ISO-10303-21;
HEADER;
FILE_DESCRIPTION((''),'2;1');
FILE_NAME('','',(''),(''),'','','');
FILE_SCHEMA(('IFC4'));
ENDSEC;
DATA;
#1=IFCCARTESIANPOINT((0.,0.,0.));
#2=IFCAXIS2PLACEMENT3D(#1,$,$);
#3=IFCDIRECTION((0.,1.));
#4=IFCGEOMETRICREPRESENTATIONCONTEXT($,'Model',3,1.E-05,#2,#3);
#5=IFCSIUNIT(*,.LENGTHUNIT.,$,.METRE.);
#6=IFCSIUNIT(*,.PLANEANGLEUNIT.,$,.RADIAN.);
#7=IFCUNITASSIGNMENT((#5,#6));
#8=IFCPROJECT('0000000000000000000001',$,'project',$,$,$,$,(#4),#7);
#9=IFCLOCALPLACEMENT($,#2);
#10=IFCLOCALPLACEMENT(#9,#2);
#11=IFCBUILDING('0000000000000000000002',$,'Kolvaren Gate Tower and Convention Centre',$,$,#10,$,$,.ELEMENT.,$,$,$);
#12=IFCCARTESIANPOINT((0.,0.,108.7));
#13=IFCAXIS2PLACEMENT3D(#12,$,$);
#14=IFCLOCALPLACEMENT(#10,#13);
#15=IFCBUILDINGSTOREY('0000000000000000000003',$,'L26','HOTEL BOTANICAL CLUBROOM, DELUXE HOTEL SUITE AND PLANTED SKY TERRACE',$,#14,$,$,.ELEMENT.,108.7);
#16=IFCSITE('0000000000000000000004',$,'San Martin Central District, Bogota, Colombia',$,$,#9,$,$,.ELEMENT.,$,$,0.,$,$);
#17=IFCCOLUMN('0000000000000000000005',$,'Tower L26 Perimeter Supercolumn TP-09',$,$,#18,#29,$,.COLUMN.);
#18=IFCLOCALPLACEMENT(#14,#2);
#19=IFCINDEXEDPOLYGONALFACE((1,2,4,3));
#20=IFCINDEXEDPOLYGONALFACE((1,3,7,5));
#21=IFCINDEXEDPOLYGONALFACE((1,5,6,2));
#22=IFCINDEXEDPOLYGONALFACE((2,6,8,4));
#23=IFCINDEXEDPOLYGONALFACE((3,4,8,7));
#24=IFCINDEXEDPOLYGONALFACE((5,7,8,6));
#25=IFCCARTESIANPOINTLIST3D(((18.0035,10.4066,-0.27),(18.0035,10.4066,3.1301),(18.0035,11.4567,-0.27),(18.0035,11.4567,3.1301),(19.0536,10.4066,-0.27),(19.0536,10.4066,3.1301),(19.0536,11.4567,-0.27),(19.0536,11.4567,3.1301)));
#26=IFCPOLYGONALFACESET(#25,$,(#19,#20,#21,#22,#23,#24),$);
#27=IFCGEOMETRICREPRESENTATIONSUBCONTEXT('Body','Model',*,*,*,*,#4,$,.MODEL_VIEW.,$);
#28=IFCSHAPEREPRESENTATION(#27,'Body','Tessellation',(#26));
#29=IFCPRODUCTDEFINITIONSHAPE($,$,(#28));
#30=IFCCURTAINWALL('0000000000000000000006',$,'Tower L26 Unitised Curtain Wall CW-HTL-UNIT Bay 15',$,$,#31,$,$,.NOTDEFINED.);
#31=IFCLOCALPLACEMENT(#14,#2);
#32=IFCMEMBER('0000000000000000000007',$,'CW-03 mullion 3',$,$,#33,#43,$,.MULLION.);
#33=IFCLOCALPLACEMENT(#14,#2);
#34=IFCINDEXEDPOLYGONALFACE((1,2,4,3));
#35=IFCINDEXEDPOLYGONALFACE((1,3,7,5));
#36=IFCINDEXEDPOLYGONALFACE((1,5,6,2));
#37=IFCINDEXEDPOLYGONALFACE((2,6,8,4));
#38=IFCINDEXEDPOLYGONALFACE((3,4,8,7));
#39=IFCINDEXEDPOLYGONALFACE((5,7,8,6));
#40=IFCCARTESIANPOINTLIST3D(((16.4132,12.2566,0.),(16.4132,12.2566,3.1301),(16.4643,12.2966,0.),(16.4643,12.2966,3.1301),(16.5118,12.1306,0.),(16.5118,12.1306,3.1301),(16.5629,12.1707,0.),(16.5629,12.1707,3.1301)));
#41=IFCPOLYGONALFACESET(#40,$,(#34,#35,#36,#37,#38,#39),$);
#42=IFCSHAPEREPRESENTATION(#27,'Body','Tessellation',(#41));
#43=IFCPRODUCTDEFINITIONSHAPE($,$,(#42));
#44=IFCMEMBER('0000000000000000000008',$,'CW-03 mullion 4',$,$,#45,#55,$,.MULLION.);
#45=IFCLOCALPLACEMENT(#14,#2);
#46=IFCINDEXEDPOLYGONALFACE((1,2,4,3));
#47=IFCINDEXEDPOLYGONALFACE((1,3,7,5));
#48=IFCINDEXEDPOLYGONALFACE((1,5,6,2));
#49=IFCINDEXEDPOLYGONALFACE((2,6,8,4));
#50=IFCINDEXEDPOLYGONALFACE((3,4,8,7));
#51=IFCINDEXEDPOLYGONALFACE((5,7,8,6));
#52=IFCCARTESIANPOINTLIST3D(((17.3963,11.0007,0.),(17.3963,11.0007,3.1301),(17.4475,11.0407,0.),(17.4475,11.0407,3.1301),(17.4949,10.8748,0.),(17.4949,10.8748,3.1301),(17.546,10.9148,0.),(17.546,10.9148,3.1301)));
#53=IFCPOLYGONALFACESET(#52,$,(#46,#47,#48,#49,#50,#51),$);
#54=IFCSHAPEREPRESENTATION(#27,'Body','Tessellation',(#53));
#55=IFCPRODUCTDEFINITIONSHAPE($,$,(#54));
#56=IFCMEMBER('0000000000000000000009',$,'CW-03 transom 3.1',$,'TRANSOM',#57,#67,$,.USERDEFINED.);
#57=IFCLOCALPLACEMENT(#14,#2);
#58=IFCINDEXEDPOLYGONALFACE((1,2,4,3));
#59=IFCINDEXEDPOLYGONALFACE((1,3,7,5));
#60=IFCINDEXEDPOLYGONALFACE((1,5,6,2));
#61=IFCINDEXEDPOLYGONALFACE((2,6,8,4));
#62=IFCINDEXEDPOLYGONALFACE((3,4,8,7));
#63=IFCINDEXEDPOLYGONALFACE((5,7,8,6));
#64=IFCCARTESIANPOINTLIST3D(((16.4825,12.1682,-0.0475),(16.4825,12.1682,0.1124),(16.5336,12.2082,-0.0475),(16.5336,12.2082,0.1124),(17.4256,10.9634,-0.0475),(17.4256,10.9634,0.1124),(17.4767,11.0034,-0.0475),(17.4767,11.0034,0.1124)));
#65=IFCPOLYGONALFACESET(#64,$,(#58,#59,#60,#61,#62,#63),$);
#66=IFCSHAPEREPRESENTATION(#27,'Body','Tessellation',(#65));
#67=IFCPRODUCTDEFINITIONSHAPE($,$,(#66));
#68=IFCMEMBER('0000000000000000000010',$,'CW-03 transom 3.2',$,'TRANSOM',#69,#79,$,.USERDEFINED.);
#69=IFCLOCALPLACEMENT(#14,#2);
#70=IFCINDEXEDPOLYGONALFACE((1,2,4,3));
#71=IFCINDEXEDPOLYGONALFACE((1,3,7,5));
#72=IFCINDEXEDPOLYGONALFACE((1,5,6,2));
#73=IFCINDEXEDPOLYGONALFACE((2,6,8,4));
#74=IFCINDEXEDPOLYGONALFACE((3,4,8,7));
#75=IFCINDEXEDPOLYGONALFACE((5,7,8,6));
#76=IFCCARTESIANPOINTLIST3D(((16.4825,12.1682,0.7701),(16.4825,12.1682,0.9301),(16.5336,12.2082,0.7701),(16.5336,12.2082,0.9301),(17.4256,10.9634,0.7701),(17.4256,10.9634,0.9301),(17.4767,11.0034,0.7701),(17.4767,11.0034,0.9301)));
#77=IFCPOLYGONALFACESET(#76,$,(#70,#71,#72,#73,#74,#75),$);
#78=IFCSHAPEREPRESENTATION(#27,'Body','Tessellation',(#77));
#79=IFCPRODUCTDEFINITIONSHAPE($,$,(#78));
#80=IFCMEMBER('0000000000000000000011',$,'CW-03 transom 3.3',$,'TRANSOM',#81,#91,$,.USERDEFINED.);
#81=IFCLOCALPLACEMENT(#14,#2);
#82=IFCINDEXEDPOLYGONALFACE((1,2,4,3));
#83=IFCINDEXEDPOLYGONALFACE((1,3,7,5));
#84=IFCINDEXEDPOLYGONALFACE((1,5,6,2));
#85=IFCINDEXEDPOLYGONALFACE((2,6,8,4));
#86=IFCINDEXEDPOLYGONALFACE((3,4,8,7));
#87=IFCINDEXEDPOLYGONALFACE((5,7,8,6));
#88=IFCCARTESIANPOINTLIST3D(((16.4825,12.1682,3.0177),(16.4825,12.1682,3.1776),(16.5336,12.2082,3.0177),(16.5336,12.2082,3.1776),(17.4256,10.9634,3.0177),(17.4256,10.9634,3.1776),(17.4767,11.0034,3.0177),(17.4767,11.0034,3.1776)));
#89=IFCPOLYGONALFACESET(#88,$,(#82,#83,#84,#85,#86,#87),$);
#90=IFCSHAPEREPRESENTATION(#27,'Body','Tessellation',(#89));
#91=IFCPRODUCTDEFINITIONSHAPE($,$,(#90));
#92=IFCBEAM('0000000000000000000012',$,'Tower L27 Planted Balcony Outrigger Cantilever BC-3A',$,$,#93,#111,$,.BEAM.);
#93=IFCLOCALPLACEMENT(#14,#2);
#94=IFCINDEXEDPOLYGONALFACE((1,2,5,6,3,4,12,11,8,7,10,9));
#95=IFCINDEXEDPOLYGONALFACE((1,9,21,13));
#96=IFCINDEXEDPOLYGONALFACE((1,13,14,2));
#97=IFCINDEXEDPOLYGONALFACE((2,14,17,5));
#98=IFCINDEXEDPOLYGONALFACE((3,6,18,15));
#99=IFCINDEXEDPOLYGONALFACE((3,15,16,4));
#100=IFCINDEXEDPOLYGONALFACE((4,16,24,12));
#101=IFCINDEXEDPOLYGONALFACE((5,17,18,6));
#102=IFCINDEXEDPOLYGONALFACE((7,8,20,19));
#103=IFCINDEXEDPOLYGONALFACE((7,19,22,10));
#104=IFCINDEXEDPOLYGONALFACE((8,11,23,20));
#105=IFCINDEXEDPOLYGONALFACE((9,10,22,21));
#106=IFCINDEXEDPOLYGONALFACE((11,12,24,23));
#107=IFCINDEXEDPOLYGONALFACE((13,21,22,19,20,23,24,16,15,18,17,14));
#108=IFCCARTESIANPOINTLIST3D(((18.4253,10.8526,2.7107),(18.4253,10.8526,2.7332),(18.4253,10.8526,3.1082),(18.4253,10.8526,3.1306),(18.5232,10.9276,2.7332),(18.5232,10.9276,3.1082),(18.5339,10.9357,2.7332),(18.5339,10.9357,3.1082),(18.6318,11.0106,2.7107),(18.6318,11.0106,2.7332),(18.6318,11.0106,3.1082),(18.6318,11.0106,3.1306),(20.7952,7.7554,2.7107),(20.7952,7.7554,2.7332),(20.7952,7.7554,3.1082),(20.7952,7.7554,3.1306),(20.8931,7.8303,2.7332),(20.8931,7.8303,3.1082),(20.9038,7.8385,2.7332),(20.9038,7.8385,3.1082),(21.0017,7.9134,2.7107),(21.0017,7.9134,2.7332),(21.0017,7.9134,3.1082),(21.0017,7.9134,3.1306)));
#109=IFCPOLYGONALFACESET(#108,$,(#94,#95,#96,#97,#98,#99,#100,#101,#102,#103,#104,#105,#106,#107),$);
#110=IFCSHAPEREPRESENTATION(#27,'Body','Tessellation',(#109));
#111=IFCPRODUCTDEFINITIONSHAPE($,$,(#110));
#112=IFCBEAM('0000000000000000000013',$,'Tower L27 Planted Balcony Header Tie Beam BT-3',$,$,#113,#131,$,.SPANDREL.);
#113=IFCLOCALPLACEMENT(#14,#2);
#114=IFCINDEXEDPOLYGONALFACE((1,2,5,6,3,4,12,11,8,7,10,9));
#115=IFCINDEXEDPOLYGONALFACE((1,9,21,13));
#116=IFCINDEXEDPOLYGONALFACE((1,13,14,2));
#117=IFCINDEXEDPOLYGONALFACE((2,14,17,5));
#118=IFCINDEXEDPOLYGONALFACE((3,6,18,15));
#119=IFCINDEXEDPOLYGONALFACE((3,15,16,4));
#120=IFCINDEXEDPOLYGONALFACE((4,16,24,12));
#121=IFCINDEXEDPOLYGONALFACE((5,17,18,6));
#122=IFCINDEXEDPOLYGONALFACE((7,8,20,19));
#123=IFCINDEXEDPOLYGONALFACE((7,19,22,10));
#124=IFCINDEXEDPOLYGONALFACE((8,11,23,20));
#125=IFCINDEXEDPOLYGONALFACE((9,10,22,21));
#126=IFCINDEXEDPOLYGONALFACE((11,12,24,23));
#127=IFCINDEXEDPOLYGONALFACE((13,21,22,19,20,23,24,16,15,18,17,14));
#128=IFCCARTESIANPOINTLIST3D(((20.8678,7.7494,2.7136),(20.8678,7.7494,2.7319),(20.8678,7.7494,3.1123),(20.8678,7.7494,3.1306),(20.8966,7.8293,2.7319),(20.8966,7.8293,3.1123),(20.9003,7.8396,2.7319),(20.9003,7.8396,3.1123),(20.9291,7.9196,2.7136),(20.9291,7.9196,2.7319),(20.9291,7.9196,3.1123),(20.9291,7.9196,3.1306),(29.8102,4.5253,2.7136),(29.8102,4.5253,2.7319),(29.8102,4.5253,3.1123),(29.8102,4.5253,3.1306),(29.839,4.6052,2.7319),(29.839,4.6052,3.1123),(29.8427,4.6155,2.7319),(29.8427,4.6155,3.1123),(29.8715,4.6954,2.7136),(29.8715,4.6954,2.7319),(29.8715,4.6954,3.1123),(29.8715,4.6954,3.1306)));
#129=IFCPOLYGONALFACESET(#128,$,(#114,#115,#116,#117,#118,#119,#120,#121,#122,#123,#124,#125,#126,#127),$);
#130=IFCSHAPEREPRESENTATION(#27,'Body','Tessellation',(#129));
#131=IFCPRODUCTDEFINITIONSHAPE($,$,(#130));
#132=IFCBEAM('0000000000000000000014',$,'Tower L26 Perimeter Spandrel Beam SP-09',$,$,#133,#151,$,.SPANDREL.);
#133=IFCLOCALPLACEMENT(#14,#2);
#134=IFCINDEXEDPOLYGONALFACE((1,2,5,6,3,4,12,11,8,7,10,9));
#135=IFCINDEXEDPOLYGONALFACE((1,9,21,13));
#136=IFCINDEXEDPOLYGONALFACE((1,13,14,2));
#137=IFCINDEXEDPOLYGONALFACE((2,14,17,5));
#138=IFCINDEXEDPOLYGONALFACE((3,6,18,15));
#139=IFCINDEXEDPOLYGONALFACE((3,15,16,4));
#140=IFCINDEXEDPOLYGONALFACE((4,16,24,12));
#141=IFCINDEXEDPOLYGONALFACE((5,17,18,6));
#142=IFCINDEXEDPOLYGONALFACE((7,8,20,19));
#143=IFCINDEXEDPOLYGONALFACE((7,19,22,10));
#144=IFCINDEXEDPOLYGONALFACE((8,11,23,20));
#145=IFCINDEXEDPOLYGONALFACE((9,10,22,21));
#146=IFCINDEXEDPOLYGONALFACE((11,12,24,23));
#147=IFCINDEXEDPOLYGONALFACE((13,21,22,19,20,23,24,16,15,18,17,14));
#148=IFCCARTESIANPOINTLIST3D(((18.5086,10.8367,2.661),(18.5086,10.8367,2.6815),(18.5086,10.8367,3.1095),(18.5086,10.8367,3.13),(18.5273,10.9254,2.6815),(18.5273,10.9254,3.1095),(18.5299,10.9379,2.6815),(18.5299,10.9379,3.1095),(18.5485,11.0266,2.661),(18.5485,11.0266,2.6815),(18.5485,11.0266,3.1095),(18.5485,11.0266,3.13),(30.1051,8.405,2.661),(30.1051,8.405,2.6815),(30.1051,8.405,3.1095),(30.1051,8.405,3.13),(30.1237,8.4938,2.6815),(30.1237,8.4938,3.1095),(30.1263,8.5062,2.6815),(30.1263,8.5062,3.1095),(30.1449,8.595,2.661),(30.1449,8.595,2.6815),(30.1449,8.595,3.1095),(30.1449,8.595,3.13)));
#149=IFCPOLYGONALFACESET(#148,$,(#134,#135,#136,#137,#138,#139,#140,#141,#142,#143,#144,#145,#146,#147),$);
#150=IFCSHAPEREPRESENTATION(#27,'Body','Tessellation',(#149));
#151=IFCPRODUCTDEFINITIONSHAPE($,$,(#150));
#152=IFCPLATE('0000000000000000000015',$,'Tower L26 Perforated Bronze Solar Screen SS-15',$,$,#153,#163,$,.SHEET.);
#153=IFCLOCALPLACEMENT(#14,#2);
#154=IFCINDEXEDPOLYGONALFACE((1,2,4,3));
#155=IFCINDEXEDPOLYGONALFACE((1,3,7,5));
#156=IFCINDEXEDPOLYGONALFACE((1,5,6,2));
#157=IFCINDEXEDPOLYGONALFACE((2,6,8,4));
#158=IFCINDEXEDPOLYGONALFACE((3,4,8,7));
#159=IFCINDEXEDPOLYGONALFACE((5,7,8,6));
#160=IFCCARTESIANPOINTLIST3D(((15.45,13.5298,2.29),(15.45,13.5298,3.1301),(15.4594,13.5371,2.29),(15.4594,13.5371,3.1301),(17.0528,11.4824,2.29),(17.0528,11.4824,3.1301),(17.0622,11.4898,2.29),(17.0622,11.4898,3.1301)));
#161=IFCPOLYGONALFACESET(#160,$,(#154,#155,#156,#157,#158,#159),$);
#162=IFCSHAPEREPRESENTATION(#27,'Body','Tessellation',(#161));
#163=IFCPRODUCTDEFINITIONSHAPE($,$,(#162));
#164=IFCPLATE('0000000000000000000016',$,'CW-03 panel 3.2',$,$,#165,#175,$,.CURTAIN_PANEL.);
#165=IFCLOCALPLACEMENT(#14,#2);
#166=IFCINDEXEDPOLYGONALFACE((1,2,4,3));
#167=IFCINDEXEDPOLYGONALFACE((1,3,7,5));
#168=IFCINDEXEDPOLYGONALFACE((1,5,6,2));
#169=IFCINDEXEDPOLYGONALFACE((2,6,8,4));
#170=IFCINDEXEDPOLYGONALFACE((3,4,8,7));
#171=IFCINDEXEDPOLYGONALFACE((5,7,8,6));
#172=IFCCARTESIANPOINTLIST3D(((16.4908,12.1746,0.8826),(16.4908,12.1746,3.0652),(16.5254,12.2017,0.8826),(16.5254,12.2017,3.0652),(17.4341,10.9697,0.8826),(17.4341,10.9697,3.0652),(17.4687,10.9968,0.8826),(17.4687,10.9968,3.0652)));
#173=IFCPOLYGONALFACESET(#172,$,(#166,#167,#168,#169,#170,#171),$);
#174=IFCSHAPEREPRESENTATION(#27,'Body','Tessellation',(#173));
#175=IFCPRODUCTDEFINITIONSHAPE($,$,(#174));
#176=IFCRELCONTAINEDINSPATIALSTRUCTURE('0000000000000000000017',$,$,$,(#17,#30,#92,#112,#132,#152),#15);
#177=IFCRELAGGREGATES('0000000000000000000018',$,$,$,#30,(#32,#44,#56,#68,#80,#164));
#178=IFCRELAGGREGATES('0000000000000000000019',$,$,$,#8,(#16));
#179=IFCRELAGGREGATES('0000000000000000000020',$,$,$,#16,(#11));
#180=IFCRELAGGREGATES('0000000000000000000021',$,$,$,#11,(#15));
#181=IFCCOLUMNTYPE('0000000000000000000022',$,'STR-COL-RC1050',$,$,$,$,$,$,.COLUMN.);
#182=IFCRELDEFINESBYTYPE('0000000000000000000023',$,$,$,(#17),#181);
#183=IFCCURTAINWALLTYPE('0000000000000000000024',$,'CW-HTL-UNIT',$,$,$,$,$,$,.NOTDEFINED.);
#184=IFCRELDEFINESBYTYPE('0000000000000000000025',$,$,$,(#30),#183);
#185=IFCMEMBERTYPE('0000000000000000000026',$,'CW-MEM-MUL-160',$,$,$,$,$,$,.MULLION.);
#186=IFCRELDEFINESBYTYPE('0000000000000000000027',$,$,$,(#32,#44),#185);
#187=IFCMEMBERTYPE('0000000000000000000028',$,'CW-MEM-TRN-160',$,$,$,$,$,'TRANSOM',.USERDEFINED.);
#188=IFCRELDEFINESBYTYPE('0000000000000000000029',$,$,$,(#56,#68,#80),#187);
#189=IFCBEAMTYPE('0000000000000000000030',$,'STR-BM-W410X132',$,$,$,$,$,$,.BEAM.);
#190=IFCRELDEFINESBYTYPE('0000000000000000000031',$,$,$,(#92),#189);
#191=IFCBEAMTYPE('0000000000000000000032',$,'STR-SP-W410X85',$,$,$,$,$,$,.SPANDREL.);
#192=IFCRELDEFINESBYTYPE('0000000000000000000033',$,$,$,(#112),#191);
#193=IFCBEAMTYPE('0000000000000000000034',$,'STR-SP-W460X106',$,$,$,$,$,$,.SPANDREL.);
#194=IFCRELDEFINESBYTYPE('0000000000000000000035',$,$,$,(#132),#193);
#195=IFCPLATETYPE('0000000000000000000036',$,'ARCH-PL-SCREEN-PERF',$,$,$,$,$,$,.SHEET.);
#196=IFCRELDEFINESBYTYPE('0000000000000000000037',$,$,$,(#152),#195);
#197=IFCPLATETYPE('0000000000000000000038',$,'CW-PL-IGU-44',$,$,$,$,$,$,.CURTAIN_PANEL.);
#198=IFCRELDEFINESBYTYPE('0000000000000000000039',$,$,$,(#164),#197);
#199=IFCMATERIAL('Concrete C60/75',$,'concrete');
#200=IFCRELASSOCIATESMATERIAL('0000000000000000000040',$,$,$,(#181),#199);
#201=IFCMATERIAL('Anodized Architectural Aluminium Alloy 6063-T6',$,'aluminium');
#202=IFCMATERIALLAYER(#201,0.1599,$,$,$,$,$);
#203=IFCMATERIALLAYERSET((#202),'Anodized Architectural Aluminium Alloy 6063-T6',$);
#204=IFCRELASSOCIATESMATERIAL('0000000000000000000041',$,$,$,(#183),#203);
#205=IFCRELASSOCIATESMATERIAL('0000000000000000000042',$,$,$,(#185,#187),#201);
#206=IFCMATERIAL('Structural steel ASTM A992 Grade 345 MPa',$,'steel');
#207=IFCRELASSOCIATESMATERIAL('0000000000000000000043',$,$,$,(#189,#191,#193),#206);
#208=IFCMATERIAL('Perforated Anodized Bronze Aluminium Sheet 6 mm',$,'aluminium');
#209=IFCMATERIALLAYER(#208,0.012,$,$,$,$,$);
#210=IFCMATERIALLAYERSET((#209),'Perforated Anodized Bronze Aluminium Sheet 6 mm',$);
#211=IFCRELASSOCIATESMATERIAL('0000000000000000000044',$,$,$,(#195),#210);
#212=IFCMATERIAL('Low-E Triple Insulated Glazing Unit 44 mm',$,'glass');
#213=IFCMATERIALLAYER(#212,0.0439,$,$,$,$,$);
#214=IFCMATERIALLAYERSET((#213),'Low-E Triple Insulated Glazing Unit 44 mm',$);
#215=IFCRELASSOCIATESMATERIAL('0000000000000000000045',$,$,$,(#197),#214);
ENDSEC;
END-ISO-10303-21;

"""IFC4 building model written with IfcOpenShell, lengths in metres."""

from ifc_helpers import new_model, si_unit, direction, frame, origin, origin_2d, place, context, subcontext, project, spatial, rectangle, i_section, extrude, material, layer, layer_set, material_profile, profile_set, type_object, element, aggregate, save


model = new_model("IFC4")

# Units and contexts
model_context = context("Model", 3, precision=1e-05, world=origin(), true_north=direction((0.0, 1.0)))
body_context = subcontext(model_context, "Body", "Model", "MODEL_VIEW")
ifc_project = project(units=[si_unit("LENGTHUNIT", "METRE"), si_unit("PLANEANGLEUNIT", "RADIAN")], contexts=[model_context])

# Site, building, storey
site_placement = place(None, origin())
site = spatial("IfcSite", under=ifc_project, at=site_placement, Name="San Martin Central District, Bogota, Colombia", CompositionType="ELEMENT", RefElevation=0.0)
building_placement = place(site_placement, origin())
building = spatial("IfcBuilding", under=site, at=building_placement, Name="Kolvaren Gate Tower and Convention Centre", CompositionType="ELEMENT")
storey_placement = place(building_placement, frame((0.0, 0.0, 108.7)))
storey = spatial("IfcBuildingStorey", under=building, at=storey_placement, Name="L26", Description="HOTEL BOTANICAL CLUBROOM, DELUXE HOTEL SUITE AND PLANTED SKY TERRACE", CompositionType="ELEMENT", Elevation=108.7)

# Column
ifc_material_1 = material(Name="Concrete C60/75", Category="concrete")
ifc_material_profile_1 = material_profile(ifc_material_1, rectangle(XDim=1.05, YDim=1.05, at=origin_2d()), Name="RC-COL-1050X1050")
ifc_profile_set_1 = profile_set([ifc_material_profile_1], Name="Concrete C60/75")
column_type = type_object("IfcColumnType", Name="STR-COL-RC1050", PredefinedType="COLUMN", material=ifc_profile_set_1)
column_placement = place(storey_placement, frame((18.5286, 10.9316, -0.27), z_axis=(0.0, 0.0, 1.0), x_axis=(1.0, 0.0, 0.0)))
element("IfcColumn", 1, at=column_placement, inside=storey, type_object=column_type, Name="Tower L26 Perimeter Supercolumn TP-09", PredefinedType="COLUMN", context=body_context, shape_type="SweptSolid", body=[
    extrude(rectangle(XDim=1.05, YDim=1.05, at=origin_2d()), origin(), (0.0, 0.0, 1.0), 3.4001),
])

# Curtain wall, members
ifc_material_2 = material(Name="Anodized Architectural Aluminium Alloy 6063-T6", Category="aluminium")
ifc_layer_1 = layer(ifc_material_2, 0.1599)
ifc_layer_set_1 = layer_set([ifc_layer_1], Name="Anodized Architectural Aluminium Alloy 6063-T6")
curtain_wall_type = type_object("IfcCurtainWallType", Name="CW-HTL-UNIT", PredefinedType="NOTDEFINED", material=ifc_layer_set_1)
curtain_wall_placement = place(storey_placement, origin())
curtain_wall = element("IfcCurtainWall", 2, at=curtain_wall_placement, inside=storey, type_object=curtain_wall_type, Name="Tower L26 Unitised Curtain Wall CW-HTL-UNIT Bay 15", PredefinedType="NOTDEFINED")
ifc_material_profile_2 = material_profile(ifc_material_2, rectangle(XDim=0.0649, YDim=0.1599, at=origin_2d()), Name="CW-MEM-MUL-160")
ifc_profile_set_2 = profile_set([ifc_material_profile_2], Name="Anodized Architectural Aluminium Alloy 6063-T6")
member_type_1 = type_object("IfcMemberType", Name="CW-MEM-MUL-160", PredefinedType="MULLION", material=ifc_profile_set_2)
member_1_placement = place(storey_placement, frame((16.488, 12.2136, 0.0), z_axis=(0.0, 0.0, 1.0), x_axis=(0.787411, 0.616429, 0.0)))
member_1 = element("IfcMember", 3, at=member_1_placement, type_object=member_type_1, Name="CW-03 mullion 3", PredefinedType="MULLION", context=body_context, shape_type="SweptSolid", body=[
    extrude(rectangle(XDim=0.0649, YDim=0.1599, at=origin_2d()), origin(), (0.0, 0.0, 1.0), 3.1301),
])
member_2_placement = place(storey_placement, frame((17.4712, 10.9578, 0.0), z_axis=(0.0, 0.0, 1.0), x_axis=(0.787411, 0.616429, 0.0)))
member_2 = element("IfcMember", 4, at=member_2_placement, type_object=member_type_1, Name="CW-03 mullion 4", PredefinedType="MULLION", context=body_context, shape_type="SweptSolid", body=[
    extrude(rectangle(XDim=0.0649, YDim=0.1599, at=origin_2d()), origin(), (0.0, 0.0, 1.0), 3.1301),
])
ifc_material_profile_3 = material_profile(ifc_material_2, rectangle(XDim=0.0649, YDim=0.1599, at=origin_2d()), Name="CW-MEM-TRN-160")
ifc_profile_set_3 = profile_set([ifc_material_profile_3], Name="Anodized Architectural Aluminium Alloy 6063-T6")
member_type_2 = type_object("IfcMemberType", Name="CW-MEM-TRN-160", ElementType="TRANSOM", PredefinedType="USERDEFINED", material=ifc_profile_set_3)
member_3_placement = place(storey_placement, frame((16.5081, 12.1882, 0.0325), z_axis=(0.61639, -0.787441, 0.0), x_axis=(0.787441, 0.61639, 0.0)))
member_3 = element("IfcMember", 5, at=member_3_placement, type_object=member_type_2, Name="CW-03 transom 3.1", ObjectType="TRANSOM", PredefinedType="USERDEFINED", context=body_context, shape_type="SweptSolid", body=[
    extrude(rectangle(XDim=0.0649, YDim=0.1599, at=origin_2d()), origin(), (0.0, 0.0, 1.0), 1.53),
])
member_4_placement = place(storey_placement, frame((16.5081, 12.1882, 0.8501), z_axis=(0.61639, -0.787441, 0.0), x_axis=(0.787441, 0.61639, 0.0)))
member_4 = element("IfcMember", 6, at=member_4_placement, type_object=member_type_2, Name="CW-03 transom 3.2", ObjectType="TRANSOM", PredefinedType="USERDEFINED", context=body_context, shape_type="SweptSolid", body=[
    extrude(rectangle(XDim=0.0649, YDim=0.1599, at=origin_2d()), origin(), (0.0, 0.0, 1.0), 1.53),
])
member_5_placement = place(storey_placement, frame((16.5081, 12.1882, 3.0977), z_axis=(0.61639, -0.787441, 0.0), x_axis=(0.787441, 0.61639, 0.0)))
member_5 = element("IfcMember", 7, at=member_5_placement, type_object=member_type_2, Name="CW-03 transom 3.3", ObjectType="TRANSOM", PredefinedType="USERDEFINED", context=body_context, shape_type="SweptSolid", body=[
    extrude(rectangle(XDim=0.0649, YDim=0.1599, at=origin_2d()), origin(), (0.0, 0.0, 1.0), 1.53),
])

# Beams
ifc_material_3 = material(Name="Structural steel ASTM A992 Grade 345 MPa", Category="steel")
ifc_material_profile_4 = material_profile(ifc_material_3, i_section(OverallWidth=0.26, OverallDepth=0.4199, WebThickness=0.0134, FlangeThickness=0.0225, at=origin_2d()), Name="W410X132")
ifc_profile_set_4 = profile_set([ifc_material_profile_4], Name="Structural steel ASTM A992 Grade 345 MPa")
beam_type_1 = type_object("IfcBeamType", Name="STR-BM-W410X132", PredefinedType="BEAM", material=ifc_profile_set_4)
beam_1_placement = place(storey_placement, frame((18.5286, 10.9316, 2.9207), z_axis=(0.607685, -0.794178, 0.0), x_axis=(0.794178, 0.607685, 0.0)))
element("IfcBeam", 8, at=beam_1_placement, inside=storey, type_object=beam_type_1, Name="Tower L27 Planted Balcony Outrigger Cantilever BC-3A", PredefinedType="BEAM", context=body_context, shape_type="SweptSolid", body=[
    extrude(i_section(OverallWidth=0.26, OverallDepth=0.4199, WebThickness=0.0134, FlangeThickness=0.0225, at=origin_2d()), origin(), (0.0, 0.0, 1.0), 3.8999),
])
ifc_material_profile_5 = material_profile(ifc_material_3, i_section(OverallWidth=0.1809, OverallDepth=0.417, WebThickness=0.011, FlangeThickness=0.0183, at=origin_2d()), Name="W410X85")
ifc_profile_set_5 = profile_set([ifc_material_profile_5], Name="Structural steel ASTM A992 Grade 345 MPa")
beam_type_2 = type_object("IfcBeamType", Name="STR-SP-W410X85", PredefinedType="SPANDREL", material=ifc_profile_set_5)
beam_2_placement = place(storey_placement, frame((20.8984, 7.8345, 2.9221), z_axis=(0.940724, -0.339172, 0.0), x_axis=(0.339172, 0.940724, 0.0)))
element("IfcBeam", 9, at=beam_2_placement, inside=storey, type_object=beam_type_2, Name="Tower L27 Planted Balcony Header Tie Beam BT-3", PredefinedType="SPANDREL", context=body_context, shape_type="SweptSolid", body=[
    extrude(i_section(OverallWidth=0.1809, OverallDepth=0.417, WebThickness=0.011, FlangeThickness=0.0183, at=origin_2d()), origin(), (0.0, 0.0, 1.0), 9.5059),
])
ifc_material_profile_6 = material_profile(ifc_material_3, i_section(OverallWidth=0.1941, OverallDepth=0.469, WebThickness=0.0127, FlangeThickness=0.0205, at=origin_2d()), Name="W460X106")
ifc_profile_set_6 = profile_set([ifc_material_profile_6], Name="Structural steel ASTM A992 Grade 345 MPa")
beam_type_3 = type_object("IfcBeamType", Name="STR-SP-W460X106", PredefinedType="SPANDREL", material=ifc_profile_set_6)
beam_3_placement = place(storey_placement, frame((18.5286, 10.9316, 2.8955), z_axis=(0.978715, -0.205225, 0.0), x_axis=(0.205225, 0.978715, 0.0)))
element("IfcBeam", 10, at=beam_3_placement, inside=storey, type_object=beam_type_3, Name="Tower L26 Perimeter Spandrel Beam SP-09", PredefinedType="SPANDREL", context=body_context, shape_type="SweptSolid", body=[
    extrude(i_section(OverallWidth=0.1941, OverallDepth=0.469, WebThickness=0.0127, FlangeThickness=0.0205, at=origin_2d()), origin(), (0.0, 0.0, 1.0), 11.8486),
])

# Plates
ifc_material_4 = material(Name="Perforated Anodized Bronze Aluminium Sheet 6 mm", Category="aluminium")
ifc_layer_2 = layer(ifc_material_4, 0.012)
ifc_layer_set_2 = layer_set([ifc_layer_2], Name="Perforated Anodized Bronze Aluminium Sheet 6 mm")
plate_type_1 = type_object("IfcPlateType", Name="ARCH-PL-SCREEN-PERF", PredefinedType="SHEET", material=ifc_layer_set_2)
plate_1_placement = place(storey_placement, frame((16.2561, 12.5098, 2.29), z_axis=(0.0, 0.0, 1.0), x_axis=(0.616424, -0.787414, 0.0)))
element("IfcPlate", 11, at=plate_1_placement, inside=storey, type_object=plate_type_1, Name="Tower L26 Perforated Bronze Solar Screen SS-15", PredefinedType="SHEET", context=body_context, shape_type="SweptSolid", body=[
    extrude(rectangle(XDim=2.6001, YDim=0.012, at=origin_2d()), origin(), (0.0, 0.0, 1.0), 0.8401),
])
ifc_material_5 = material(Name="Low-E Triple Insulated Glazing Unit 44 mm", Category="glass")
ifc_layer_3 = layer(ifc_material_5, 0.0439)
ifc_layer_set_3 = layer_set([ifc_layer_3], Name="Low-E Triple Insulated Glazing Unit 44 mm")
plate_type_2 = type_object("IfcPlateType", Name="CW-PL-IGU-44", PredefinedType="CURTAIN_PANEL", material=ifc_layer_set_3)
plate_2_placement = place(storey_placement, frame((16.9797, 11.5857, 0.8826), z_axis=(0.0, 0.0, 1.0), x_axis=(0.616429, -0.787411, 0.0)))
plate_2 = element("IfcPlate", 12, at=plate_2_placement, type_object=plate_type_2, Name="CW-03 panel 3.2", PredefinedType="CURTAIN_PANEL", context=body_context, shape_type="SweptSolid", body=[
    extrude(rectangle(XDim=1.5303, YDim=0.0439, at=origin_2d()), origin(), (0.0, 0.0, 1.0), 2.1826),
])
aggregate(curtain_wall, [member_1, member_2, member_3, member_4, member_5, plate_2])

save(model, "model.ifc")
